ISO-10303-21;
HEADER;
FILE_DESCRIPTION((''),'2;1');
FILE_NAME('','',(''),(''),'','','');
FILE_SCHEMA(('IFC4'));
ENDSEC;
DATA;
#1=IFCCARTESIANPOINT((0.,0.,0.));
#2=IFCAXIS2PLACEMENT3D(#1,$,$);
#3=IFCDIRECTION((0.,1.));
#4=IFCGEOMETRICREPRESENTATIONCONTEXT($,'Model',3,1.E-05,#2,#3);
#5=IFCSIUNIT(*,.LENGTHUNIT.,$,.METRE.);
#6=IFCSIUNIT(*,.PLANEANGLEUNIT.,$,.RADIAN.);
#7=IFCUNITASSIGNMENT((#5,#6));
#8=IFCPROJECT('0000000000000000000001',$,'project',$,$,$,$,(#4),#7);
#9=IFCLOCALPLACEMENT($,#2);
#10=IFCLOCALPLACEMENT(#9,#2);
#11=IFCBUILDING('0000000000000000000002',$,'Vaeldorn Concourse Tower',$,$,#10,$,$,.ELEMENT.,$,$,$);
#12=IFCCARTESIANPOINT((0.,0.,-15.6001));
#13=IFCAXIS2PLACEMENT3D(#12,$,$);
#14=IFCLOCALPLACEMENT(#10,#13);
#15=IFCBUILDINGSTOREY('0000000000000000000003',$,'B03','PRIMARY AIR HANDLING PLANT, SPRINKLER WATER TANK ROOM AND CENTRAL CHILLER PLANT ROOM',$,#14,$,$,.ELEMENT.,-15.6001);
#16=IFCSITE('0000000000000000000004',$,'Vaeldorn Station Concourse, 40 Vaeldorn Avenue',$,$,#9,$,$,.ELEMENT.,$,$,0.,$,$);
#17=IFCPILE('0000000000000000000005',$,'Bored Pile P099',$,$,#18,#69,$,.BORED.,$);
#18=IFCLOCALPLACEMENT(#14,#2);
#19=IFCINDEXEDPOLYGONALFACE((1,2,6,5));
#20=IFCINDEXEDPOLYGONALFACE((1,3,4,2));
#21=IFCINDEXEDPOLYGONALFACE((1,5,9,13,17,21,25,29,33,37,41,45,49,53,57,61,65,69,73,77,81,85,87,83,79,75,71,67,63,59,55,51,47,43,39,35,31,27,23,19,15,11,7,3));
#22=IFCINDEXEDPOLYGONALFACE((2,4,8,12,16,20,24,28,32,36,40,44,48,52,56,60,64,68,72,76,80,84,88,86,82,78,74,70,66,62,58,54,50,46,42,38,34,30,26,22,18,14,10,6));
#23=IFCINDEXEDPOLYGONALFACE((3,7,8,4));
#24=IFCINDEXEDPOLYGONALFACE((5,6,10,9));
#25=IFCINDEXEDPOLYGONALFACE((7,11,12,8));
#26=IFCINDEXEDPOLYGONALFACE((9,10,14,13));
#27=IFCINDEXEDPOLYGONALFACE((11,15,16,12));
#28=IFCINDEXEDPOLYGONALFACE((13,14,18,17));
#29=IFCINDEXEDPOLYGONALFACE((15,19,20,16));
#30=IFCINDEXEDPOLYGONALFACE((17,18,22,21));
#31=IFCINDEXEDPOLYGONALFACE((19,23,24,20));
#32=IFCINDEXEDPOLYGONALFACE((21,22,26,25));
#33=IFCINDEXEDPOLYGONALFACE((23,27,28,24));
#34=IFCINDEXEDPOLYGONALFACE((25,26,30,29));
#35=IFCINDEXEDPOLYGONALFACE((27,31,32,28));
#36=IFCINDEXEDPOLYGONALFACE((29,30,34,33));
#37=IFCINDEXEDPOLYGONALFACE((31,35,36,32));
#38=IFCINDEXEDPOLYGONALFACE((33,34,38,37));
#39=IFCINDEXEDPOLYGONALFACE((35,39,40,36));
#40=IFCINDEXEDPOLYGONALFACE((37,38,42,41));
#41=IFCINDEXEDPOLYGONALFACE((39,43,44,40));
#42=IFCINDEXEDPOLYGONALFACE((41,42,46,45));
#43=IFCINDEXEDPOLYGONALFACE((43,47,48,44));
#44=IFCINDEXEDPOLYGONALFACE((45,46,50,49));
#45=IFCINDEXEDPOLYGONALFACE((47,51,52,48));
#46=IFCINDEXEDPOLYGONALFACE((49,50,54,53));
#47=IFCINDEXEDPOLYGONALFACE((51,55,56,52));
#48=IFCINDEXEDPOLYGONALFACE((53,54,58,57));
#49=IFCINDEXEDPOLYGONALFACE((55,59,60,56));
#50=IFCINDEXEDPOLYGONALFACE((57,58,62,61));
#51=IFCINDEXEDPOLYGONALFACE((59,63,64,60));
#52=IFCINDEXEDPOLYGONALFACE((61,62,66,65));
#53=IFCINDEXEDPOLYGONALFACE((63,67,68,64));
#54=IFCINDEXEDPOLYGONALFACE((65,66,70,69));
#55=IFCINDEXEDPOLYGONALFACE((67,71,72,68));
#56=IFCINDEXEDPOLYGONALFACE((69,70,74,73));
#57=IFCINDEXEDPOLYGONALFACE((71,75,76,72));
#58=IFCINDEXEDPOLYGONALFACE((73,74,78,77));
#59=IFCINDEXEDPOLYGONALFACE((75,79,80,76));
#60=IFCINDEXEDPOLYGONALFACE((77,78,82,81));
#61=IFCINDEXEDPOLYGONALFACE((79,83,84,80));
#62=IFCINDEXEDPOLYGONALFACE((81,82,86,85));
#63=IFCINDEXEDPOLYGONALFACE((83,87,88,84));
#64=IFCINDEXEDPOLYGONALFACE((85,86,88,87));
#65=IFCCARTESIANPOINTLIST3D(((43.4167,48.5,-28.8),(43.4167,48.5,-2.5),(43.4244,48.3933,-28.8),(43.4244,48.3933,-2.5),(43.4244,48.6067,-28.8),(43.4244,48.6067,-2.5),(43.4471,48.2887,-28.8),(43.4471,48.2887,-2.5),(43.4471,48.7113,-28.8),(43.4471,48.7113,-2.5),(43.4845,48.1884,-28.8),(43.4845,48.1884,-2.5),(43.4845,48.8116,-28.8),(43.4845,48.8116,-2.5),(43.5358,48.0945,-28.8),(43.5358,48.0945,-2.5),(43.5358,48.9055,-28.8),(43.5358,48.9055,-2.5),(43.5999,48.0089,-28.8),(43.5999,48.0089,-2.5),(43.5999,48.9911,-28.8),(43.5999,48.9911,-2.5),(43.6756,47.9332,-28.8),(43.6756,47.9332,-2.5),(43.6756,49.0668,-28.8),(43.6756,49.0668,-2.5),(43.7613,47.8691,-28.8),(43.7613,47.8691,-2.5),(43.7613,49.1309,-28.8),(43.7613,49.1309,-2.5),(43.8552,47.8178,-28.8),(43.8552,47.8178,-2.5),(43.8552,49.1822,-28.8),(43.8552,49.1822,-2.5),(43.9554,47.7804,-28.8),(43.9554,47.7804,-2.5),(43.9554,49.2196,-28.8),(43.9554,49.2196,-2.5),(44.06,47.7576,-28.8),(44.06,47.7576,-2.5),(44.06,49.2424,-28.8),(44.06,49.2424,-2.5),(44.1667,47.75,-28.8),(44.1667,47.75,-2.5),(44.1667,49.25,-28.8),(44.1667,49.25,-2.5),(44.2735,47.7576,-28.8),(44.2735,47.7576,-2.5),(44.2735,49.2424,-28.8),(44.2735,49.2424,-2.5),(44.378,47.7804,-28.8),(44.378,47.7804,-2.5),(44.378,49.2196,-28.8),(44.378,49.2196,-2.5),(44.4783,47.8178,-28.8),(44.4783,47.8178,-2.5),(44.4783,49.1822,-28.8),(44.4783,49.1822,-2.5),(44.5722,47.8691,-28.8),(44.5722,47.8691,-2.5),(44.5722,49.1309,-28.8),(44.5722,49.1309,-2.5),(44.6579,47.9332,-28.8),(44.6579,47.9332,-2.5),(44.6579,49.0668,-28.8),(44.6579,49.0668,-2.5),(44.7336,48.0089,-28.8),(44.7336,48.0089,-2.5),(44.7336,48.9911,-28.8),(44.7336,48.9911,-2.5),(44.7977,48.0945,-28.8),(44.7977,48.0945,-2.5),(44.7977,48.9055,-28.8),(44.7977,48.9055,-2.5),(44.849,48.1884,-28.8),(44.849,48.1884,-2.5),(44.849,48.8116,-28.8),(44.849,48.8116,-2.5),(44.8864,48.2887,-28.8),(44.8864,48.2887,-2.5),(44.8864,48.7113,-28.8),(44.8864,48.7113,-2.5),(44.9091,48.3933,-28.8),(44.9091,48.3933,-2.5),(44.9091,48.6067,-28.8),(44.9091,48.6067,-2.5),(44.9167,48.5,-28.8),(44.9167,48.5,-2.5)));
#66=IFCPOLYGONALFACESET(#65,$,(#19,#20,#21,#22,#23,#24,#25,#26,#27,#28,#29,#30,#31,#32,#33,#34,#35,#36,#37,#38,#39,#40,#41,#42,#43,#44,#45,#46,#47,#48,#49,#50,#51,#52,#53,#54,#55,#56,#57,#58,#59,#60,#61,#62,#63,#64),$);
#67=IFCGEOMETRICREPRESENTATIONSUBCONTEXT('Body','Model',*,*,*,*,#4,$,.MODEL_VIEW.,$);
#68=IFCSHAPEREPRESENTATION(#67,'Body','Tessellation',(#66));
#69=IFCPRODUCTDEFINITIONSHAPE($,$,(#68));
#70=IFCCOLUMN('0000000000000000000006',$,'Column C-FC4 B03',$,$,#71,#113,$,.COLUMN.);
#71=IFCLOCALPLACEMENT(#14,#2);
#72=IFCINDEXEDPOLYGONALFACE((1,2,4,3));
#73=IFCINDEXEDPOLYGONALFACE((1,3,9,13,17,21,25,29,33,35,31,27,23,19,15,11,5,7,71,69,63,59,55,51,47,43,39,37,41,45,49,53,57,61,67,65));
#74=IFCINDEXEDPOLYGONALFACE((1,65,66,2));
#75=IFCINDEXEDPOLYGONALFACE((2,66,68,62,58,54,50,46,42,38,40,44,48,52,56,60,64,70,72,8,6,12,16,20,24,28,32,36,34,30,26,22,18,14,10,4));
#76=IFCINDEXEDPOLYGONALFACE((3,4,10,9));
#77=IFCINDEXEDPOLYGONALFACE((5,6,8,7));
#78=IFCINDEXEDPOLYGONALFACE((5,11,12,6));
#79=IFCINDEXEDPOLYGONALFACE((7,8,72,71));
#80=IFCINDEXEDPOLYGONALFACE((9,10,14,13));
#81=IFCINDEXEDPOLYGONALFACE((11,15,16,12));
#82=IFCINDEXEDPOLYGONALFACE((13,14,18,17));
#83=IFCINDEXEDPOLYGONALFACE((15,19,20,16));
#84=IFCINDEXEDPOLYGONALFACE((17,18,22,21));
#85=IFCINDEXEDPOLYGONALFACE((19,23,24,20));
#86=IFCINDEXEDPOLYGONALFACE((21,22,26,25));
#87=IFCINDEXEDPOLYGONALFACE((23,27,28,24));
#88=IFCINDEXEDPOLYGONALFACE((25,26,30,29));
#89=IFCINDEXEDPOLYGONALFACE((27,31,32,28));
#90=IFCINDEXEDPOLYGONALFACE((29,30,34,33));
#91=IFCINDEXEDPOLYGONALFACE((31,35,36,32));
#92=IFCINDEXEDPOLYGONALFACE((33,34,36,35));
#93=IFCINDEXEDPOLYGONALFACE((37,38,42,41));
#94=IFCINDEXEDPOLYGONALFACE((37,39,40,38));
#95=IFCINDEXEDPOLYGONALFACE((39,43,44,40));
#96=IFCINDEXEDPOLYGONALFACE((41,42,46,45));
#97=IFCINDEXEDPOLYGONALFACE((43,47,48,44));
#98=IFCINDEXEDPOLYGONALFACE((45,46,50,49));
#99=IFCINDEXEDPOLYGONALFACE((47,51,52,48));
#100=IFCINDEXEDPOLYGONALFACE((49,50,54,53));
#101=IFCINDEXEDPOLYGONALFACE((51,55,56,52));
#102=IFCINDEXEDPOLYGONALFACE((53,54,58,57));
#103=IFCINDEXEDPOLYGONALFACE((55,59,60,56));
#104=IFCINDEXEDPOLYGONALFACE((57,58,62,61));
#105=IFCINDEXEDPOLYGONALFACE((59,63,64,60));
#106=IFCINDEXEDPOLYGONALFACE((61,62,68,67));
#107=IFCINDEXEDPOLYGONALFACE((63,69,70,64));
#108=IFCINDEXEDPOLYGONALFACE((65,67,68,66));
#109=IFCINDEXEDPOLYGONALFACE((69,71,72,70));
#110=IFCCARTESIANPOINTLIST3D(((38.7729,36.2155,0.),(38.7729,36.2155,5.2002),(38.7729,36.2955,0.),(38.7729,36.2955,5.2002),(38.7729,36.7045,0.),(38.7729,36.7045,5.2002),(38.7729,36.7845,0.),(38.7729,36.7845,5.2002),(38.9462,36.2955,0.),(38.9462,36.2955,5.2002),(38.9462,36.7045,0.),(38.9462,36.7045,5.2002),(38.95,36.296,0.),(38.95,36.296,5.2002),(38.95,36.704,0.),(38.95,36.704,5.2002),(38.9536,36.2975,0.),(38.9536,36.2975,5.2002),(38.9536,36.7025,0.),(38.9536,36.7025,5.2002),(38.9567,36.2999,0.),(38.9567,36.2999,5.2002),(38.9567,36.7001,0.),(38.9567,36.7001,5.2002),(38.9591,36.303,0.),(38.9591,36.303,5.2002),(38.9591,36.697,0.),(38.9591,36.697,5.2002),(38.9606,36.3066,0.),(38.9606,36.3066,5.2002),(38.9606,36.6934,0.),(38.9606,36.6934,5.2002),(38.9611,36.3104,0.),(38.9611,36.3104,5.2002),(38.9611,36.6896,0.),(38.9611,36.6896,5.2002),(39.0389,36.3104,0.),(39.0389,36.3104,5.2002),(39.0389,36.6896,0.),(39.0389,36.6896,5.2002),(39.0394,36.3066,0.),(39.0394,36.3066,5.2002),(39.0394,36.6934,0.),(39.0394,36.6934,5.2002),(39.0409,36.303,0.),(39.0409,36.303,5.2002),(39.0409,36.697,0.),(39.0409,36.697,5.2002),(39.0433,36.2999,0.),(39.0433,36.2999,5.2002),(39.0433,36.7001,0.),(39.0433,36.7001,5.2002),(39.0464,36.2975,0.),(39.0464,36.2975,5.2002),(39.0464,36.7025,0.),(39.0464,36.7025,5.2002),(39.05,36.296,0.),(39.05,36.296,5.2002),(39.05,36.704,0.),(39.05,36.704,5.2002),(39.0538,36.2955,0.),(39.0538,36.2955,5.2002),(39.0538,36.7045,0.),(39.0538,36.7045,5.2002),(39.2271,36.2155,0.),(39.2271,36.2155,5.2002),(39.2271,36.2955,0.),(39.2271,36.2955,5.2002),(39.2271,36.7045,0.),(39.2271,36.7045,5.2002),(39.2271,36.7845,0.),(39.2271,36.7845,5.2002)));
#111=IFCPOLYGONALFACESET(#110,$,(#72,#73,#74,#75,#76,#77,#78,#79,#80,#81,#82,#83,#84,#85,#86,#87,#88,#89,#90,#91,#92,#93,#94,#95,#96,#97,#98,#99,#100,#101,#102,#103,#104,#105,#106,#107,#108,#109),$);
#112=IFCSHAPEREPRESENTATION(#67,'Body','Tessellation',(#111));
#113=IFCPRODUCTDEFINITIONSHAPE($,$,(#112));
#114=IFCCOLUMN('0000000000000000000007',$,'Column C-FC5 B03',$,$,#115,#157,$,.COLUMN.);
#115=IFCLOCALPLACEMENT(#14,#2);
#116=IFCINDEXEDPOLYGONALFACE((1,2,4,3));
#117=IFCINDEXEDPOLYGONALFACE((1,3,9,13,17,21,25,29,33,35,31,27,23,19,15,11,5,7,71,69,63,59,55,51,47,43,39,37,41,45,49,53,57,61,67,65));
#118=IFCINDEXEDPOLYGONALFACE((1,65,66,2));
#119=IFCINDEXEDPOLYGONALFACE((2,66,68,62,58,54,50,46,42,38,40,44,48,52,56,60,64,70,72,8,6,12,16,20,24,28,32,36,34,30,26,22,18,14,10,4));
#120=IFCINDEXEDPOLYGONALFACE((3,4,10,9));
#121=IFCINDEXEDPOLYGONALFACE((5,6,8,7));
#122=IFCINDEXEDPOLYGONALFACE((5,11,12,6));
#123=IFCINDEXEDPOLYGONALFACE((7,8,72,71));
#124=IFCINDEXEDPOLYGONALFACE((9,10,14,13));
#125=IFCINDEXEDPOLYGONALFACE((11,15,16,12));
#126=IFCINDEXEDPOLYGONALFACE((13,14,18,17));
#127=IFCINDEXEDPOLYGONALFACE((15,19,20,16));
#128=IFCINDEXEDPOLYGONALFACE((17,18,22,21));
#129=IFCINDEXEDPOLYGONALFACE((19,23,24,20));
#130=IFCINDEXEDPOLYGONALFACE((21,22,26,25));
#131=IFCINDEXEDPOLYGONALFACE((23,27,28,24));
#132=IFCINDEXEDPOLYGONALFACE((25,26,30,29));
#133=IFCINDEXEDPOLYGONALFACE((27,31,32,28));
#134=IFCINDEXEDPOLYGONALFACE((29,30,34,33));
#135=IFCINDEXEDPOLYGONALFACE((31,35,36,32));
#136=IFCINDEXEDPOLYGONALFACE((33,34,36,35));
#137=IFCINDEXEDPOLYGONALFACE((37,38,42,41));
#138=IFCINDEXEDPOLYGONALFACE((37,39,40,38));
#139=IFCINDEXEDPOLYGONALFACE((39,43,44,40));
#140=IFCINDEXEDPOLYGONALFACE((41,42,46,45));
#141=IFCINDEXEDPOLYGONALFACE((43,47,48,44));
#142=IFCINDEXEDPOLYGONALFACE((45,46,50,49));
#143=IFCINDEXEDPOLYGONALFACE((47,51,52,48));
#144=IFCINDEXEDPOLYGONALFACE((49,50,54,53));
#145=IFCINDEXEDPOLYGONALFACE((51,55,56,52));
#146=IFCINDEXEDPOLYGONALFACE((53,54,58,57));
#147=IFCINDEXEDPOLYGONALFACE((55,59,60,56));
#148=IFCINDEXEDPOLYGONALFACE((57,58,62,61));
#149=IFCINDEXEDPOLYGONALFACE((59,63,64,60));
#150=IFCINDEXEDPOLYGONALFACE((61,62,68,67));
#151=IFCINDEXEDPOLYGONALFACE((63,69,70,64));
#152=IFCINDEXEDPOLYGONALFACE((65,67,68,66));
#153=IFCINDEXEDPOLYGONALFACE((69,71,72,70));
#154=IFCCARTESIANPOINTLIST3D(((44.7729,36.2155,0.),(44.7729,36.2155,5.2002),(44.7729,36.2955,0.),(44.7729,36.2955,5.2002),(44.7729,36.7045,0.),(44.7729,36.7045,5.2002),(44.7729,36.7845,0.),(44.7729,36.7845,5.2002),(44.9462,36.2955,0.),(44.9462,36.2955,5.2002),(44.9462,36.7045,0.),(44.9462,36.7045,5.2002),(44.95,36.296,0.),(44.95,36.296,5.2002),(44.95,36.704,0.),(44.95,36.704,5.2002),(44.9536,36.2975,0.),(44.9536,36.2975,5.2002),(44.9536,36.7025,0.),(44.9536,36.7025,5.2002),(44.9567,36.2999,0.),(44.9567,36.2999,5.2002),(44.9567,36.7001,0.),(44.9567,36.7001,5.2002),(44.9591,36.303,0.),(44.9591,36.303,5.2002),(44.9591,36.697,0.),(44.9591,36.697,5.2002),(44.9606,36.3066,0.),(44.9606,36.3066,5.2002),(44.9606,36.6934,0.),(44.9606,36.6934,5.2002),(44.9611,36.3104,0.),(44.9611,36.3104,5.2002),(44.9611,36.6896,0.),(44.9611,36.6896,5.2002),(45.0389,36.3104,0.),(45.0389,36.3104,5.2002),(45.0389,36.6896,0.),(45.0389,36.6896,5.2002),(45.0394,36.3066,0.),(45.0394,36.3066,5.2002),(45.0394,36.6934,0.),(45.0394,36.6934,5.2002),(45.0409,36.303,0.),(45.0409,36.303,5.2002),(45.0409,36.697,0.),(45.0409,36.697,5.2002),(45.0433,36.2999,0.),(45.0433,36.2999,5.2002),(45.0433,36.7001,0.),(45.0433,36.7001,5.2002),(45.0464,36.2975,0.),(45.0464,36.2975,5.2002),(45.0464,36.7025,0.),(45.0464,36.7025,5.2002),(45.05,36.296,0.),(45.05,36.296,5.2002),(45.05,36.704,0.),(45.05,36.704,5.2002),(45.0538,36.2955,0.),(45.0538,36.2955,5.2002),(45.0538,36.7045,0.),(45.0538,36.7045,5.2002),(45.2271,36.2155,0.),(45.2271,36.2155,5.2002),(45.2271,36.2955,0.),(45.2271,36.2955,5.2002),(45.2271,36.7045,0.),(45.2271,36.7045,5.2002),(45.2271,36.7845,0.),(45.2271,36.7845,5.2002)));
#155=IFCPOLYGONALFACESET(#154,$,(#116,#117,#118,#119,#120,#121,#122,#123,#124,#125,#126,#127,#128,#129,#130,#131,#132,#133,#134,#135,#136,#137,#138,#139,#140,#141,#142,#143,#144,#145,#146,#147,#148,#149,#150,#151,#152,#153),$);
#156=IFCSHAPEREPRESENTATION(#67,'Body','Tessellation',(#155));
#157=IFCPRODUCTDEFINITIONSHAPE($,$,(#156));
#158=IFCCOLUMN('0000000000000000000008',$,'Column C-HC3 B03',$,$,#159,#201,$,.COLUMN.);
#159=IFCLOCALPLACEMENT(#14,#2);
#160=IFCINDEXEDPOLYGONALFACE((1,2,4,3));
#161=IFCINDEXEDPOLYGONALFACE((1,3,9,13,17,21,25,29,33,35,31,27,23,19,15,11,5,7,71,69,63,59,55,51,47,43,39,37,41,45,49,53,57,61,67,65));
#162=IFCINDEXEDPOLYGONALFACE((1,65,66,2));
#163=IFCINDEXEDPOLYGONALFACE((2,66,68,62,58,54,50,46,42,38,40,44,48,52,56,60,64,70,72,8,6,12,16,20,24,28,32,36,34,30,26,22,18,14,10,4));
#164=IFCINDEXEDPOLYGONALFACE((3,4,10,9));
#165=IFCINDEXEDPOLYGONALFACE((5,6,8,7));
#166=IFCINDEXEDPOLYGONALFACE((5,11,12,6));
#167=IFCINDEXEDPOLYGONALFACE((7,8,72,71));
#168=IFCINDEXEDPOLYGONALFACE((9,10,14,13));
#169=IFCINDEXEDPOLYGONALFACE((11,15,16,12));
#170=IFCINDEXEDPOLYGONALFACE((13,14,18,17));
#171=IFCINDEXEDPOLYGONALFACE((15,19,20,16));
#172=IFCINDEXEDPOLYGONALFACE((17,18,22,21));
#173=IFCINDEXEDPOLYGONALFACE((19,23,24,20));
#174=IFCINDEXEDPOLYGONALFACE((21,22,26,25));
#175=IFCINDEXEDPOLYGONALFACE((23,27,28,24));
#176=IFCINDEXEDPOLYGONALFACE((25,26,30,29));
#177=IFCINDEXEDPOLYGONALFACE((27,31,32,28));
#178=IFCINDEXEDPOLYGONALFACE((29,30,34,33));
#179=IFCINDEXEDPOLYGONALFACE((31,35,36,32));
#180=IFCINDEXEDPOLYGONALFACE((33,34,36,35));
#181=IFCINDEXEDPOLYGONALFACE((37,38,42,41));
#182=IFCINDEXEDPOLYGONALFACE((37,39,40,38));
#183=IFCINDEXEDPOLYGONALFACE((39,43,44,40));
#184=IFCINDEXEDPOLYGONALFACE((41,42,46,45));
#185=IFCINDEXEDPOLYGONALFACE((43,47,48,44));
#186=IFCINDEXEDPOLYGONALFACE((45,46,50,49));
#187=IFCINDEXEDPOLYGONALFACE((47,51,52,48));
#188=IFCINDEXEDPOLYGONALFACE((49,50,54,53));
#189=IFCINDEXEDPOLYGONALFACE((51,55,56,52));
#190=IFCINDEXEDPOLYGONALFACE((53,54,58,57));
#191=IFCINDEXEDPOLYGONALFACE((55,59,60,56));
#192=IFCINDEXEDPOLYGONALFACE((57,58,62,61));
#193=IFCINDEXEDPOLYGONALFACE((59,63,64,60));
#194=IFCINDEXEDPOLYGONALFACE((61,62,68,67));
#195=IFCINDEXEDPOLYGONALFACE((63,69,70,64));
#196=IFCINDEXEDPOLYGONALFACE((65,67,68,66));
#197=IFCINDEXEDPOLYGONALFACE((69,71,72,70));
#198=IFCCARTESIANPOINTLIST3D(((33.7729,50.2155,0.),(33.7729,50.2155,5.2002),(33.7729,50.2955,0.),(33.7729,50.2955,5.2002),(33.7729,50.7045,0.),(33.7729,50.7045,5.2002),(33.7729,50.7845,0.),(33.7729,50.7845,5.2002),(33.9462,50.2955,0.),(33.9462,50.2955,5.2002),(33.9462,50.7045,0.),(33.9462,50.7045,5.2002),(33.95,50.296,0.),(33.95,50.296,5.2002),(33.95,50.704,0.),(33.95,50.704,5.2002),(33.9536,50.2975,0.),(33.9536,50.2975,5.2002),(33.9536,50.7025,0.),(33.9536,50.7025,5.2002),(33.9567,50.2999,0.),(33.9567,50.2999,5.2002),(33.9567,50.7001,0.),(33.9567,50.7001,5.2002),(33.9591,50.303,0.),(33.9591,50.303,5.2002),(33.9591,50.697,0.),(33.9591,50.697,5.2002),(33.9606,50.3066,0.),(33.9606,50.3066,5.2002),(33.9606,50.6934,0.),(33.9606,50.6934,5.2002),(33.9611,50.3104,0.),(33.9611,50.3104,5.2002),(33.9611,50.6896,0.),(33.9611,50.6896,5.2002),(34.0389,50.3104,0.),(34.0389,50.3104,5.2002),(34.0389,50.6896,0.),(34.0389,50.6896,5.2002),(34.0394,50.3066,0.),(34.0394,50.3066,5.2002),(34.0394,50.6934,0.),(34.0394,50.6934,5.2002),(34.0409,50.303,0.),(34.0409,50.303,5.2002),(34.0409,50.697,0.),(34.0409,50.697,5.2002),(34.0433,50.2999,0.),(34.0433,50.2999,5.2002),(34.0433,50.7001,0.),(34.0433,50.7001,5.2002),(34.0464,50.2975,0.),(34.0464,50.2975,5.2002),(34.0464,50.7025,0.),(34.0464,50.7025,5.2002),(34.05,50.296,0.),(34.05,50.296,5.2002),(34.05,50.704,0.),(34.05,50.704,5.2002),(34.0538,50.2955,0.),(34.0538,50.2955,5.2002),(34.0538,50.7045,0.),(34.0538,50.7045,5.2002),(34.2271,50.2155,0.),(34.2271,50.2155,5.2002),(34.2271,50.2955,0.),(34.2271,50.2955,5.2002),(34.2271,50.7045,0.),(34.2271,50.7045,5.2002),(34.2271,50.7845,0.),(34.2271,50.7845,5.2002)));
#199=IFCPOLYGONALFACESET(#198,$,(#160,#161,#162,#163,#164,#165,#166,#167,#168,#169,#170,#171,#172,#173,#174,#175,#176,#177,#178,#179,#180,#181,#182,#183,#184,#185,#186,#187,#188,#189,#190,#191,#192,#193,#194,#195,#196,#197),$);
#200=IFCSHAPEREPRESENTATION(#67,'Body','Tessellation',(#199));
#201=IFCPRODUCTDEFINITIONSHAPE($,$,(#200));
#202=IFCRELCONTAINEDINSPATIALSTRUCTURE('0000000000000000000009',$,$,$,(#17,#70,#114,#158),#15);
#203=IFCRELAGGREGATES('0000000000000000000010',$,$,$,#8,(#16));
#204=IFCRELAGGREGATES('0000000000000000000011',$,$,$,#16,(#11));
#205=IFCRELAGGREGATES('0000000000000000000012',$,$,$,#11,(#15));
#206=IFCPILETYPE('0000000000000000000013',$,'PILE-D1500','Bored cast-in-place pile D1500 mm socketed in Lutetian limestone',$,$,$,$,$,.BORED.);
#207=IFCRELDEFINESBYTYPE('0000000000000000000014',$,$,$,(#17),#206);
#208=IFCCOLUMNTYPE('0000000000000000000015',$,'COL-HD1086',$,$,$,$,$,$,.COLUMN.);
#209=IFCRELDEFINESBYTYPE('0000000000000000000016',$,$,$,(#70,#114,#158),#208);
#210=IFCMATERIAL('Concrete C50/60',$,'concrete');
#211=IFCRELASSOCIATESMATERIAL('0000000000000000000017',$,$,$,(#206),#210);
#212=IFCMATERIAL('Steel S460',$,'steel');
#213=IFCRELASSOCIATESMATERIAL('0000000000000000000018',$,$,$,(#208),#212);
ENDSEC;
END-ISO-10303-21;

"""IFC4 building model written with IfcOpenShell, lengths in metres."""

from ifc_helpers import new_model, si_unit, direction, frame, origin, origin_2d, place, context, subcontext, project, spatial, circle, i_section, extrude, source, transform, mapped, material, material_profile, profile_set, type_object, element, save


model = new_model("IFC4")

# Units and contexts
model_context = context("Model", 3, precision=1e-05, world=origin(), true_north=direction((0.0, 1.0)))
body_context = subcontext(model_context, "Body", "Model", "MODEL_VIEW")
ifc_project = project(units=[si_unit("LENGTHUNIT", "METRE"), si_unit("PLANEANGLEUNIT", "RADIAN")], contexts=[model_context])

# Site, building, storey
site_placement = place(None, origin())
site = spatial("IfcSite", under=ifc_project, at=site_placement, Name="Vaeldorn Station Concourse, 40 Vaeldorn Avenue", CompositionType="ELEMENT", RefElevation=0.0)
building_placement = place(site_placement, origin())
building = spatial("IfcBuilding", under=site, at=building_placement, Name="Vaeldorn Concourse Tower", CompositionType="ELEMENT")
storey_placement = place(building_placement, frame((0.0, 0.0, -15.6001)))
storey = spatial("IfcBuildingStorey", under=building, at=storey_placement, Name="B03", Description="PRIMARY AIR HANDLING PLANT, SPRINKLER WATER TANK ROOM AND CENTRAL CHILLER PLANT ROOM", CompositionType="ELEMENT", Elevation=-15.6001)

# Pile
ifc_material_1 = material(Name="Concrete C50/60", Category="concrete")
ifc_material_profile_1 = material_profile(ifc_material_1, circle(Radius=0.75, at=origin_2d()), Name="BORED PILE D1500")
ifc_profile_set_1 = profile_set([ifc_material_profile_1], Name="Concrete C50/60")
pile_type = type_object("IfcPileType", Name="PILE-D1500", Description="Bored cast-in-place pile D1500 mm socketed in Lutetian limestone", PredefinedType="BORED", material=ifc_profile_set_1)
for number, where, z_axis, x_axis, name in (
    (1, (44.1667, 48.5, -2.5), (0.0, 0.0, -1.0), (1.0, 0.0, 0.0), "Bored Pile P099"),
):
    element("IfcPile", number, at=place(storey_placement, frame(where, z_axis=z_axis, x_axis=x_axis)), inside=storey, type_object=pile_type, Name=name, PredefinedType="BORED", context=body_context, shape_type="SweptSolid", body=[
        extrude(circle(Radius=0.75, at=origin_2d()), origin(), (0.0, 0.0, 1.0), 26.3),
    ])

# Columns
ifc_material_2 = material(Name="Steel S460", Category="steel")
ifc_material_profile_2 = material_profile(ifc_material_2, i_section(OverallWidth=0.4541, OverallDepth=0.5691, WebThickness=0.0779, FlangeThickness=0.0801, FilletRadius=0.0149, at=origin_2d()), Name="HD 400x1086")
ifc_profile_set_2 = profile_set([ifc_material_profile_2], Name="Steel S460")
column_type = type_object("IfcColumnType", Name="COL-HD1086", PredefinedType="COLUMN", material=ifc_profile_set_2)
shared_shape_1 = source(origin(), body_context, "Body", "SweptSolid", [
    extrude(i_section(OverallWidth=0.4541, OverallDepth=0.5691, WebThickness=0.0779, FlangeThickness=0.0801, FilletRadius=0.0149, at=origin_2d()), origin(), (0.0, 0.0, 1.0), 5.2002),
])
for number, where, z_axis, x_axis, name in (
    (2, (39.0, 36.5, 0.0), (0.0, 0.0, 1.0), (1.0, 0.0, 0.0), "Column C-FC4 B03"),
    (3, (45.0, 36.5, 0.0), (0.0, 0.0, 1.0), (1.0, 0.0, 0.0), "Column C-FC5 B03"),
    (4, (34.0, 50.5, 0.0), (0.0, 0.0, 1.0), (1.0, 0.0, 0.0), "Column C-HC3 B03"),
):
    element("IfcColumn", number, at=place(storey_placement, frame(where, z_axis=z_axis, x_axis=x_axis)), inside=storey, type_object=column_type, Name=name, PredefinedType="COLUMN", context=body_context, shape_type="MappedRepresentation", body=[
        mapped(shared_shape_1, transform((0.0, 0.0, 0.0), scale=1.0)),
    ])

save(model, "model.ifc")
